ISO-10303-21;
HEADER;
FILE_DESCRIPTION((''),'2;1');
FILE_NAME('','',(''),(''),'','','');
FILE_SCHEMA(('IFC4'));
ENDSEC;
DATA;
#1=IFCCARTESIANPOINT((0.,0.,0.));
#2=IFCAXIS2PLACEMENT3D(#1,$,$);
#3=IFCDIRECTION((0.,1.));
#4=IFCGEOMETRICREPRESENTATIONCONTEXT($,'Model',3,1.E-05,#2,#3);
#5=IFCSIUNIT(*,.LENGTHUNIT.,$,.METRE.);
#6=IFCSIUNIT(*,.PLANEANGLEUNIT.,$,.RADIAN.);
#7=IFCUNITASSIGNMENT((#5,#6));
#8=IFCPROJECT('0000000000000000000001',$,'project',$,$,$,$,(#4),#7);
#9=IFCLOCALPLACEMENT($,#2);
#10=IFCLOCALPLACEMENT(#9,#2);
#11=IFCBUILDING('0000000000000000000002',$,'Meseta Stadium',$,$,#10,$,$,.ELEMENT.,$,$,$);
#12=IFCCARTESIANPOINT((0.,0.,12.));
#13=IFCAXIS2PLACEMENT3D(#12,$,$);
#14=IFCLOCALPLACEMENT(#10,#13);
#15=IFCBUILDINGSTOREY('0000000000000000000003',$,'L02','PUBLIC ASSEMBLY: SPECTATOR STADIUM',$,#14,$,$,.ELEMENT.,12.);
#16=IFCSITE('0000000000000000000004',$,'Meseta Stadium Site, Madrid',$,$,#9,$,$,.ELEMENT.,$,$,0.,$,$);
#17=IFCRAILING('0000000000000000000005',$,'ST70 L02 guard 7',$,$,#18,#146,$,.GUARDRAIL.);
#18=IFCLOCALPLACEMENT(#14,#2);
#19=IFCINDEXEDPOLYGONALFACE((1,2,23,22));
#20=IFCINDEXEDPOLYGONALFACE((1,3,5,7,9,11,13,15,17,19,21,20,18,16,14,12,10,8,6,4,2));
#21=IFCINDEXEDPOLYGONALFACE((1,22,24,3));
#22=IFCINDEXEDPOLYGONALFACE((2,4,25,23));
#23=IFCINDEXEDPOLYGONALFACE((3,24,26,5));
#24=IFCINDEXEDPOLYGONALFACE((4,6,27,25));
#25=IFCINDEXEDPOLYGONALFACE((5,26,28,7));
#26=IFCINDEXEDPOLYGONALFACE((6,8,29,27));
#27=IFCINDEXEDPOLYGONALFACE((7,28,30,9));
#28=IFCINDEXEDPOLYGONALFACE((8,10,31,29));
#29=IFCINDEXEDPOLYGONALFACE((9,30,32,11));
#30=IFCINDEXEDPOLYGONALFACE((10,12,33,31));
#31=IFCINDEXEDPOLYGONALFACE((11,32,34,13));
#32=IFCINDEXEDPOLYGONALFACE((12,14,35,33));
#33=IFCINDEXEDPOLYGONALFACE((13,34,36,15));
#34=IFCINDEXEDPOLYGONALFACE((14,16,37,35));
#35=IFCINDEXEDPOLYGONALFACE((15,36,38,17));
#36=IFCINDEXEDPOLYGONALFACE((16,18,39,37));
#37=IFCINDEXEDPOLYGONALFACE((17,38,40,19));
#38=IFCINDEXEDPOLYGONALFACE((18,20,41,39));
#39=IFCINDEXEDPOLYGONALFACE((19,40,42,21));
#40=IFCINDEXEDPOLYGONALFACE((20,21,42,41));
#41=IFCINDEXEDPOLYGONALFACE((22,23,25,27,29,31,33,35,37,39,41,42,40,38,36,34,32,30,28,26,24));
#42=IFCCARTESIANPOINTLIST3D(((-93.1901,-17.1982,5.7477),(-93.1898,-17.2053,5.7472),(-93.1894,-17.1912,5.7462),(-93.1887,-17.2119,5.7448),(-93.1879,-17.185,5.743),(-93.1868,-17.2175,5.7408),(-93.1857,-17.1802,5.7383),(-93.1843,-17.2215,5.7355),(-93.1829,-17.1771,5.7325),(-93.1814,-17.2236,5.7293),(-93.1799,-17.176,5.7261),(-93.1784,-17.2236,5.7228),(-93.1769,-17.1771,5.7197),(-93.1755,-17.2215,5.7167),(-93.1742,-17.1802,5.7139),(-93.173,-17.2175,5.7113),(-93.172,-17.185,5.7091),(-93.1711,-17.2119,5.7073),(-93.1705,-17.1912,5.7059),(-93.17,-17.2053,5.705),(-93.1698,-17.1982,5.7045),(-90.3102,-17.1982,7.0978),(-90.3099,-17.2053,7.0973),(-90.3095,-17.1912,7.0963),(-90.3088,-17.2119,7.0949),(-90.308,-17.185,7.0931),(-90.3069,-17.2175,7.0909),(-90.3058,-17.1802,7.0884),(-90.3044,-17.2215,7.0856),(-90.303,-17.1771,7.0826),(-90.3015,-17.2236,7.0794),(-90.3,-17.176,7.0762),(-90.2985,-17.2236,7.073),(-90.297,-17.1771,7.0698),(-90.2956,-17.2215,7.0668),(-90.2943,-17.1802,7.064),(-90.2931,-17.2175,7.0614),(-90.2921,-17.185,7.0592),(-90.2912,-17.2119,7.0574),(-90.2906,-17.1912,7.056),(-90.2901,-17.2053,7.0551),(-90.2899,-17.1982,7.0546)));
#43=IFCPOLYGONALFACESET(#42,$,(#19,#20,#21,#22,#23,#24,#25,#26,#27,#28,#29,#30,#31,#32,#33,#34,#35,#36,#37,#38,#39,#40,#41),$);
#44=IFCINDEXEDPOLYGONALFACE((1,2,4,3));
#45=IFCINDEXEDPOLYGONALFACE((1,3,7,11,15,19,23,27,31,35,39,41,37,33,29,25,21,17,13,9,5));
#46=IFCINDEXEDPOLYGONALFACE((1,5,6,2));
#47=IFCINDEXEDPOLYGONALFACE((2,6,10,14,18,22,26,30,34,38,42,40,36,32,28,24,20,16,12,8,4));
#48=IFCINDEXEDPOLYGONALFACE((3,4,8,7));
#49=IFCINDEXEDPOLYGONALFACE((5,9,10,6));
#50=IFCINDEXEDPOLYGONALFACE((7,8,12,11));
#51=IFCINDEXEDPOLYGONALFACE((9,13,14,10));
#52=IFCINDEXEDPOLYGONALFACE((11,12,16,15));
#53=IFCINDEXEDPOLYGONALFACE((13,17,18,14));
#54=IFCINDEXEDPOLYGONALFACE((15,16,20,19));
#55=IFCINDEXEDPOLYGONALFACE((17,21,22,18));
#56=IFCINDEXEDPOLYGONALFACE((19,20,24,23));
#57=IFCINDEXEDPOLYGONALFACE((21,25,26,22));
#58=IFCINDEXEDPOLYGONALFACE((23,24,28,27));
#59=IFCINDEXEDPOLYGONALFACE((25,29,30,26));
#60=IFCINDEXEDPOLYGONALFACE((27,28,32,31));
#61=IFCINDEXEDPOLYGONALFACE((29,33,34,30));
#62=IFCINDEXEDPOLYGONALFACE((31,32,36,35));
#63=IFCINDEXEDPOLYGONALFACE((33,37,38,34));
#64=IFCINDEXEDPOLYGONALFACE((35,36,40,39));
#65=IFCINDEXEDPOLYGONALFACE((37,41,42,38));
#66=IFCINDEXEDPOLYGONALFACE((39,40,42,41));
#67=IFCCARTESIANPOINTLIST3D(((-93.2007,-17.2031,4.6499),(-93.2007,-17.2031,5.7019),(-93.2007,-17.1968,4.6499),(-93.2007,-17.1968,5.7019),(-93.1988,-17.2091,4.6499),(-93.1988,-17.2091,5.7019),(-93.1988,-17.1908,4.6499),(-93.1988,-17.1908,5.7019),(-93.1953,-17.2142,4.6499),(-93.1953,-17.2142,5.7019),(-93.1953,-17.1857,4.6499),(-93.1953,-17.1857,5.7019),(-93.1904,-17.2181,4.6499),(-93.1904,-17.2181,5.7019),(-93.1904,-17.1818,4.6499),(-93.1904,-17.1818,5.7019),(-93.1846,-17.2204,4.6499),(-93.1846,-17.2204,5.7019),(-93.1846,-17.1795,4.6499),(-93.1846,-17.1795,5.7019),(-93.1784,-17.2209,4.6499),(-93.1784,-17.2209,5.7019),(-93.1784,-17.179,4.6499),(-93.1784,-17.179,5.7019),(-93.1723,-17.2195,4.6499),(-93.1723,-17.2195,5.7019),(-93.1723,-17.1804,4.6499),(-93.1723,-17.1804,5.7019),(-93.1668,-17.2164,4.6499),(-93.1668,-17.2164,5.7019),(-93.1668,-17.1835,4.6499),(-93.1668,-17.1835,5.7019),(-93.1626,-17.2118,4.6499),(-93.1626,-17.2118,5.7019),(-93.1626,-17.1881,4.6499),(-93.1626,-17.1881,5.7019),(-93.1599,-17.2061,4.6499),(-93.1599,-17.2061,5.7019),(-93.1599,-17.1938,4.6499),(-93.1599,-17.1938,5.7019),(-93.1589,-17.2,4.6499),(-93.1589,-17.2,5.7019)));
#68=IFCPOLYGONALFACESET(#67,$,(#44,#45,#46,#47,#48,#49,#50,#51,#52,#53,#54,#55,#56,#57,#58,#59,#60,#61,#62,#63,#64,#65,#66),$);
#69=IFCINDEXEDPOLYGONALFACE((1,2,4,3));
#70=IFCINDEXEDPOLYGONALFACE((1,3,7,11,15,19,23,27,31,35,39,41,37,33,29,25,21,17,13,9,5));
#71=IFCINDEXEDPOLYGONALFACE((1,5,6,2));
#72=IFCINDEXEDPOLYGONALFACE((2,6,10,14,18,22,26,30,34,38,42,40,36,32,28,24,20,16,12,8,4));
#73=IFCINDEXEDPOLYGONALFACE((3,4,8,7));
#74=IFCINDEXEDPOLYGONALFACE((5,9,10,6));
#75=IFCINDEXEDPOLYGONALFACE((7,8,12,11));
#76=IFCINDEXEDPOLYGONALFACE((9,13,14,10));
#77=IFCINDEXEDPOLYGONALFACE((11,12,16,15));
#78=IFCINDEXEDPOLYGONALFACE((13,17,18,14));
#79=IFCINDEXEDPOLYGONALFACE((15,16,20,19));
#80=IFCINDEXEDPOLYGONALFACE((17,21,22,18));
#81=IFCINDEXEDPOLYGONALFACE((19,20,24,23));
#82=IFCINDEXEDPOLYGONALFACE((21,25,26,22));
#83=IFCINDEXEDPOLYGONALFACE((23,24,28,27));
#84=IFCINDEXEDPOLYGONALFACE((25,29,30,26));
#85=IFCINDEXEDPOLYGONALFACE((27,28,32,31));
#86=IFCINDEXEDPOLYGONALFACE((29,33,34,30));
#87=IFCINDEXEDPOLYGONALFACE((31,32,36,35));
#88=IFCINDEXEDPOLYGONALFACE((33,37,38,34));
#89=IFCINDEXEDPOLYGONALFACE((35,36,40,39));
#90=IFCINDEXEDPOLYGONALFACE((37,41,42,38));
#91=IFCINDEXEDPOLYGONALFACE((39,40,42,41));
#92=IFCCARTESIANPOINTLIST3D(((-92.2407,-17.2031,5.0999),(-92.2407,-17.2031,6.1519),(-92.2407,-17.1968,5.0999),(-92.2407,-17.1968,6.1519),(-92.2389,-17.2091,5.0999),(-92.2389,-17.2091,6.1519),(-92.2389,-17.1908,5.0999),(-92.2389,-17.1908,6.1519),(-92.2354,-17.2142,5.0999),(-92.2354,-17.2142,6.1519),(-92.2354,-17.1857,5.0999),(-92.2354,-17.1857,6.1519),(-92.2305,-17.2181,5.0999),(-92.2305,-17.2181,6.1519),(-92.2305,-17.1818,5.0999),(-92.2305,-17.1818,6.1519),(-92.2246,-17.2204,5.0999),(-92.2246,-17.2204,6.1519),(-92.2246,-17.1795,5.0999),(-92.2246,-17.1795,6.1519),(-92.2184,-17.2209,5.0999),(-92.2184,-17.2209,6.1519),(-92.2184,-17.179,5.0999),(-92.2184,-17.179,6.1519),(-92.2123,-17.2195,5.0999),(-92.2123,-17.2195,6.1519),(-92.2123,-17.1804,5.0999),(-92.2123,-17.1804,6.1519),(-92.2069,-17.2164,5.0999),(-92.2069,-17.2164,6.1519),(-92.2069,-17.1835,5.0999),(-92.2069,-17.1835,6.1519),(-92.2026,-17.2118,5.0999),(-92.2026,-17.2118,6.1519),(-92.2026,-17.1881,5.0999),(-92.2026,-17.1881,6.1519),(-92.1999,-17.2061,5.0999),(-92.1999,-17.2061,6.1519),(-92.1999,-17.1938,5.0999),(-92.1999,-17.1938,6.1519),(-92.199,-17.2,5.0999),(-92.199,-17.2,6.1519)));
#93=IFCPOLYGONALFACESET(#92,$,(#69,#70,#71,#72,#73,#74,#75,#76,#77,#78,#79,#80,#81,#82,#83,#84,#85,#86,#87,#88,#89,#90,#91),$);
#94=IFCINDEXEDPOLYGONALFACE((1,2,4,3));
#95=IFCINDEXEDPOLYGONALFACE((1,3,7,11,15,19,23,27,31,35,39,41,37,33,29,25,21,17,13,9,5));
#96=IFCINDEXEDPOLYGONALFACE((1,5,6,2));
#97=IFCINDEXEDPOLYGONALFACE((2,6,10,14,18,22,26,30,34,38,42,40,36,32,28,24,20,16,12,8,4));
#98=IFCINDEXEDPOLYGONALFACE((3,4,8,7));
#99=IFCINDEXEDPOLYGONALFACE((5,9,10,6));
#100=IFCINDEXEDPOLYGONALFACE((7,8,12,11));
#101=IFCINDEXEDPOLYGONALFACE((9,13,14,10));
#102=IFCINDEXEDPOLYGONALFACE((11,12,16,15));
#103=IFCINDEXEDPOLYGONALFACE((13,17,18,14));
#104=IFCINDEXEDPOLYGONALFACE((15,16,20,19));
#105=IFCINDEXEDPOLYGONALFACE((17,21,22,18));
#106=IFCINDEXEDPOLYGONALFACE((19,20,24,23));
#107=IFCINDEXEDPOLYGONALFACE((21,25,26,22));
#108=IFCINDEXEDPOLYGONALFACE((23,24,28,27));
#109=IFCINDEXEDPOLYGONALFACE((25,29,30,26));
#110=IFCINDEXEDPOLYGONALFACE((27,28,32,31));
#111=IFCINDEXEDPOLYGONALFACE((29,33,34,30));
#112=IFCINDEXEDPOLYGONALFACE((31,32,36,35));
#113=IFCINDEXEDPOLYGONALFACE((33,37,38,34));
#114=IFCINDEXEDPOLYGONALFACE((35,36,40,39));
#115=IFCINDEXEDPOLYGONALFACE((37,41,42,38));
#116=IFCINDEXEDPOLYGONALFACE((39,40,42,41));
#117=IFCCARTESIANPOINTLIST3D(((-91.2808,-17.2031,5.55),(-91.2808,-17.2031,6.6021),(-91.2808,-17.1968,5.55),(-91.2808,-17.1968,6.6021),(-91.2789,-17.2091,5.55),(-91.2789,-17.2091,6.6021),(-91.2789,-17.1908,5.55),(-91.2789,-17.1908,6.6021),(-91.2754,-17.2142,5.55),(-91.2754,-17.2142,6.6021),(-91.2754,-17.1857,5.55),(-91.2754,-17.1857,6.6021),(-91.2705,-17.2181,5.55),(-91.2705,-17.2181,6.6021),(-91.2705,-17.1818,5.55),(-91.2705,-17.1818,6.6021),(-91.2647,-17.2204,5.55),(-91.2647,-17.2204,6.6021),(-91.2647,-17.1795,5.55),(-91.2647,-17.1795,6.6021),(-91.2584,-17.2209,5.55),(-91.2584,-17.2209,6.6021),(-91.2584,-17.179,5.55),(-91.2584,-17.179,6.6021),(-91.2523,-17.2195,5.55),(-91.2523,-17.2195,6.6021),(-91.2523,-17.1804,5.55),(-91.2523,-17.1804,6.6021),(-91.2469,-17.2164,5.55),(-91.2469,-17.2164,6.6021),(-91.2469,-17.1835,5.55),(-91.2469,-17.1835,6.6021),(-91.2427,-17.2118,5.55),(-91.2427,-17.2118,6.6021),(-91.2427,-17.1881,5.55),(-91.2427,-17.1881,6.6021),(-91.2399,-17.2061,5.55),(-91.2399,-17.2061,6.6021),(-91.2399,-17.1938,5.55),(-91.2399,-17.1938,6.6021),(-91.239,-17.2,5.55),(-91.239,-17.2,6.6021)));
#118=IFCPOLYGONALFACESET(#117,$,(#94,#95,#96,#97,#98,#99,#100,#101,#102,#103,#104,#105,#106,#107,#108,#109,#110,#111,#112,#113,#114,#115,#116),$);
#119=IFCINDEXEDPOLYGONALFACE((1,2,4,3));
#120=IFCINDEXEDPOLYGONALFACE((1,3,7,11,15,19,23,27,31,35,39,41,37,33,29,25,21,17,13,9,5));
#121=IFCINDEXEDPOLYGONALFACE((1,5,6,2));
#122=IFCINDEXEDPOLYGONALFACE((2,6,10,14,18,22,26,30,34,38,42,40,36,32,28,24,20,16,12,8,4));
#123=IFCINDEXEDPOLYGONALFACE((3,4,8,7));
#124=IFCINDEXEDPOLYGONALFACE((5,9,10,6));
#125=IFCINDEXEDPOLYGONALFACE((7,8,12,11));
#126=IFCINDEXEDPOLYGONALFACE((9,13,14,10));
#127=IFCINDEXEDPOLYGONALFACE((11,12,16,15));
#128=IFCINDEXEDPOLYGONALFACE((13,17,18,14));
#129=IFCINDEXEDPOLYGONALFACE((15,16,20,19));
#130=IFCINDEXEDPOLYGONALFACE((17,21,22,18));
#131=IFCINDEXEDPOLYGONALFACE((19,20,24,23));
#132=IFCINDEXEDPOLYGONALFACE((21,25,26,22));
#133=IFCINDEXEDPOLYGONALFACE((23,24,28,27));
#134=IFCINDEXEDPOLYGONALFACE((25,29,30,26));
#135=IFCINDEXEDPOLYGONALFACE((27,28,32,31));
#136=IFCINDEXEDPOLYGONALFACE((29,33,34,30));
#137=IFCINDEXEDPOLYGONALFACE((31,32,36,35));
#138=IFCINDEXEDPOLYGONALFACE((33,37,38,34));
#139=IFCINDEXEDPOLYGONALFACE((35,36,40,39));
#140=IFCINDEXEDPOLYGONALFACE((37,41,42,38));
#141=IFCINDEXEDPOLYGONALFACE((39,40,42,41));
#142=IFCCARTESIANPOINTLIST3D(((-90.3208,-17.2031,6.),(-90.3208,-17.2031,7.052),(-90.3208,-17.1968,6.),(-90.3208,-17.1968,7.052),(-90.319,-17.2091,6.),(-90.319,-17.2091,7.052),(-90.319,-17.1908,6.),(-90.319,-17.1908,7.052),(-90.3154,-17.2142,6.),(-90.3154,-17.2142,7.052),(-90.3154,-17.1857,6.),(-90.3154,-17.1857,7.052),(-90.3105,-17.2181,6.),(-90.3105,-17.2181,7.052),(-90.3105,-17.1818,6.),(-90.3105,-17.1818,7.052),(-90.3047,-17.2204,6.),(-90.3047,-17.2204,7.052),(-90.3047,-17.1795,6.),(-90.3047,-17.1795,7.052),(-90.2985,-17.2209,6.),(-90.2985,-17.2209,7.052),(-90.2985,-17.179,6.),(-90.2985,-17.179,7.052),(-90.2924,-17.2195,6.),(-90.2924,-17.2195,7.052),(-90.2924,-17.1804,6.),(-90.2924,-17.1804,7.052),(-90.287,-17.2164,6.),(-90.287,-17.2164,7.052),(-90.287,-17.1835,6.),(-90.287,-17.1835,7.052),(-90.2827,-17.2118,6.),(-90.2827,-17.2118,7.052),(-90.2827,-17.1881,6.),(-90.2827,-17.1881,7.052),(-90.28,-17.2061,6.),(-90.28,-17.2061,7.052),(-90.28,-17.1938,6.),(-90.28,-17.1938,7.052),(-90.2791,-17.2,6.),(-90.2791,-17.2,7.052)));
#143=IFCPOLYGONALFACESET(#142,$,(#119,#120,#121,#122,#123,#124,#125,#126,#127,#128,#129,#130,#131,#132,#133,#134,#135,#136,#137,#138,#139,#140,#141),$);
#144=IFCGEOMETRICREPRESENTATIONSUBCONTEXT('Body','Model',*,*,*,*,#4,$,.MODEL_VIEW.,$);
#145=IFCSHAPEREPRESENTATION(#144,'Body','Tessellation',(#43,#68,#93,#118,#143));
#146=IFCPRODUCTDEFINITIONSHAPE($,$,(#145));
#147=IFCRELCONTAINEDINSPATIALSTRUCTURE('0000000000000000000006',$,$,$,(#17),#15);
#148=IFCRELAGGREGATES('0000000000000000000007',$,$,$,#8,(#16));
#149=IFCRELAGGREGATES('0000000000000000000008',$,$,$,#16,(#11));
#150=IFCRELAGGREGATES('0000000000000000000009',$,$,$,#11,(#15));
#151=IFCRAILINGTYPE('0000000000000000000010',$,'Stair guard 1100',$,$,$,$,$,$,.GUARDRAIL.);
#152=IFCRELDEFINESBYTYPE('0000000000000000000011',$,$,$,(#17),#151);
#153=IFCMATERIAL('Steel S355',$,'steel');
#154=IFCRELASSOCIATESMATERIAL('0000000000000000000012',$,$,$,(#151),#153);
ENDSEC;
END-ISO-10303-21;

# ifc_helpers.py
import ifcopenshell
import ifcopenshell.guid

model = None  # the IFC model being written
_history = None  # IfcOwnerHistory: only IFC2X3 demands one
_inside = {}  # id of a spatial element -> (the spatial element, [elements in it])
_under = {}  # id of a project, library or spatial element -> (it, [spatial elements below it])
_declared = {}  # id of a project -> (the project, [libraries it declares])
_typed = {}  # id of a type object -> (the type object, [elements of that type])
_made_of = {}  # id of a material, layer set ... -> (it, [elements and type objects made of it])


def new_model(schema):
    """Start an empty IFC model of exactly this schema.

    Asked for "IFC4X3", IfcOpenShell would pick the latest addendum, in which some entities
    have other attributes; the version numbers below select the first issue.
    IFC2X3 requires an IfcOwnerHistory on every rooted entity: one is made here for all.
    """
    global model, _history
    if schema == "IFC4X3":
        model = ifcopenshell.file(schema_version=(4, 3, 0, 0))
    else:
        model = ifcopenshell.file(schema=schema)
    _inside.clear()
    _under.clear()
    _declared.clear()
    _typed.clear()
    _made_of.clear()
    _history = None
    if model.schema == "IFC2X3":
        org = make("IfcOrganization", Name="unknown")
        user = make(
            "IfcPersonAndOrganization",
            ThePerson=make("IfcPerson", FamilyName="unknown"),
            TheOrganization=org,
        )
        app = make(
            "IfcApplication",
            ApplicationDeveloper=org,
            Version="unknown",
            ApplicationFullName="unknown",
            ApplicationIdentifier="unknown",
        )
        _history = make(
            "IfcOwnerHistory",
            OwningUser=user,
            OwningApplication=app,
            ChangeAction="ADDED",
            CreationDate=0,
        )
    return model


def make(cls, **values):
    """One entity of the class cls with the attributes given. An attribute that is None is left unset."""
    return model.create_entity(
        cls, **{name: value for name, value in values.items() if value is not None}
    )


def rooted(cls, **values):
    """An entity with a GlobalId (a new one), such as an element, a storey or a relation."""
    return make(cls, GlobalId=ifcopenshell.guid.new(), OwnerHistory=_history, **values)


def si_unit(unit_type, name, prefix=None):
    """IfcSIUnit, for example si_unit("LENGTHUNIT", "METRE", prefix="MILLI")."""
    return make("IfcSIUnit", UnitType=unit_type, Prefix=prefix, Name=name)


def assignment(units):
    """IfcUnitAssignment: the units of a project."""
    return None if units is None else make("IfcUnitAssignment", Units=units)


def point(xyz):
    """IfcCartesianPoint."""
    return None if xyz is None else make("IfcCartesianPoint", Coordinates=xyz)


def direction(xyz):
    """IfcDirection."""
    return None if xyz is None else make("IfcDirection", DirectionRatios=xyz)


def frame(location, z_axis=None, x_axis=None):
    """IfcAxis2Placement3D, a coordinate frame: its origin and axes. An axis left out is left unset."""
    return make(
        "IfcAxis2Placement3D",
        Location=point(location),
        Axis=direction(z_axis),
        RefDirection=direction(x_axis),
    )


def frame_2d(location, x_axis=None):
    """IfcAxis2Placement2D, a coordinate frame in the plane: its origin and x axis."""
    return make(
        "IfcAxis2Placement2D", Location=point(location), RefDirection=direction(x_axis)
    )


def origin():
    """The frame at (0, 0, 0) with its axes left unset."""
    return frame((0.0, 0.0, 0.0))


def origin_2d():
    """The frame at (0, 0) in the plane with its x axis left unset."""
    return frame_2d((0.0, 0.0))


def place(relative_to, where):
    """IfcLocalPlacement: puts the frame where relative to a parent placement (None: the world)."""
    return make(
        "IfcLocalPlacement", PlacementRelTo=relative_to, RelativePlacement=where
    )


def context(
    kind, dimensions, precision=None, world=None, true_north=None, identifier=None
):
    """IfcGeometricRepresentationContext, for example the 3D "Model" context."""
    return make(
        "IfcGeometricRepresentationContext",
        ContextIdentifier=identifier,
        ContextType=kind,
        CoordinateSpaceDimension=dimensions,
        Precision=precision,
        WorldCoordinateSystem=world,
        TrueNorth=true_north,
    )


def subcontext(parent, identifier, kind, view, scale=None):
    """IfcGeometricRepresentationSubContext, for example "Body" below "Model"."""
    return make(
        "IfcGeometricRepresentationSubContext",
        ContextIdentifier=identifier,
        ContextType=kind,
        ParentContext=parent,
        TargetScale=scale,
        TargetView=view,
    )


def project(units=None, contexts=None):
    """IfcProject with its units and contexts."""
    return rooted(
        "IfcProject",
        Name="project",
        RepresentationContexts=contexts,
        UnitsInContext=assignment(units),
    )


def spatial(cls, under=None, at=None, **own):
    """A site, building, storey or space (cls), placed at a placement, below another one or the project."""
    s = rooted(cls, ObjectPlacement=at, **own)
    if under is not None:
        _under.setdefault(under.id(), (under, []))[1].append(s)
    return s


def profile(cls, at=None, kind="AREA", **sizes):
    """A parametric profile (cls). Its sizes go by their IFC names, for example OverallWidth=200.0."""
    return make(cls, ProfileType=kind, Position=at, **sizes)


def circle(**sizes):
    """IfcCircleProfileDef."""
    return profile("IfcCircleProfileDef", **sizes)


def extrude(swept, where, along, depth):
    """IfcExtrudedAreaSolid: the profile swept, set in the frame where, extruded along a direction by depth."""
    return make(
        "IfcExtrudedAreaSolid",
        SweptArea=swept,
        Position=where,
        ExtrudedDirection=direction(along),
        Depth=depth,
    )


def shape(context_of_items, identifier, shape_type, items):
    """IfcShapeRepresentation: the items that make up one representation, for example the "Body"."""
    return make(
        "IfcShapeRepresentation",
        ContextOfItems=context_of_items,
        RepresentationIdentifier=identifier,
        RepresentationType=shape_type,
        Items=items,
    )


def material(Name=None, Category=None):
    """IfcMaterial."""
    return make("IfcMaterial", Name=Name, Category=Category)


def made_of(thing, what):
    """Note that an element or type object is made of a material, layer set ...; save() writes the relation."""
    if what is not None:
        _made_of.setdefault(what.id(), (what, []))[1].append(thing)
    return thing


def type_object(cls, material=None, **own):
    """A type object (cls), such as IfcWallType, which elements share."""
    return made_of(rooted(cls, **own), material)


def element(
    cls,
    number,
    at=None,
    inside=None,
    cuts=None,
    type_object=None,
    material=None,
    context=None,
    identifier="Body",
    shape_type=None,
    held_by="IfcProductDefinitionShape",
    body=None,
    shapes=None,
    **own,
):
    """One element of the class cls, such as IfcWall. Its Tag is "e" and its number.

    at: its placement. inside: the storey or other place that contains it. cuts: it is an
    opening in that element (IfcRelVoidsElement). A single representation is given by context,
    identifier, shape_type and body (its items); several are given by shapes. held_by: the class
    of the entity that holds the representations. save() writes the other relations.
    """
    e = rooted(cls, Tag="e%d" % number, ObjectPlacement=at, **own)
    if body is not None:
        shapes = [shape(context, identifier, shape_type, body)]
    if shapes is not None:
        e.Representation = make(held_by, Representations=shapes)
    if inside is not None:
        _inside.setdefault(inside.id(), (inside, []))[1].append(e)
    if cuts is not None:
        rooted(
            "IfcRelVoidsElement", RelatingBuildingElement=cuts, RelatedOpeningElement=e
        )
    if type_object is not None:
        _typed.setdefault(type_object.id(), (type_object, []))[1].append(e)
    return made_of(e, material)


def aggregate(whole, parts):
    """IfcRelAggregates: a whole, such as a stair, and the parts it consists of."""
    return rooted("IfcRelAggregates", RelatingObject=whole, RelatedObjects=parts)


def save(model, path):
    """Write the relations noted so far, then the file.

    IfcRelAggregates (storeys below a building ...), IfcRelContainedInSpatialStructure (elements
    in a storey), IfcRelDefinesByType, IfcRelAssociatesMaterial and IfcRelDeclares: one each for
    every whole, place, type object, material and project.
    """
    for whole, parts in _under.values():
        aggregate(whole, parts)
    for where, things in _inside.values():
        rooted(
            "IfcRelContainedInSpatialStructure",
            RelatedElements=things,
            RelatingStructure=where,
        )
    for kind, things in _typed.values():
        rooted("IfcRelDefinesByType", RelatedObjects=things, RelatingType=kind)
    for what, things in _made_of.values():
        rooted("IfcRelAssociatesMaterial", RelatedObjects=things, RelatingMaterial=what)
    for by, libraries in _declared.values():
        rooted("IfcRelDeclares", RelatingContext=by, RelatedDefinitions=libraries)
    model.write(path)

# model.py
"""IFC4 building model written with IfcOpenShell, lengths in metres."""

from ifc_helpers import new_model, si_unit, direction, frame, origin, origin_2d, place, context, subcontext, project, spatial, circle, extrude, material, type_object, element, save


model = new_model("IFC4")

# Units and contexts
model_context = context("Model", 3, precision=1e-05, world=origin(), true_north=direction((0.0, 1.0)))
body_context = subcontext(model_context, "Body", "Model", "MODEL_VIEW")
ifc_project = project(units=[si_unit("LENGTHUNIT", "METRE"), si_unit("PLANEANGLEUNIT", "RADIAN")], contexts=[model_context])

# Site, building, storey
site_placement = place(None, origin())
site = spatial("IfcSite", under=ifc_project, at=site_placement, Name="Meseta Stadium Site, Madrid", CompositionType="ELEMENT", RefElevation=0.0)
building_placement = place(site_placement, origin())
building = spatial("IfcBuilding", under=site, at=building_placement, Name="Meseta Stadium", CompositionType="ELEMENT")
storey_placement = place(building_placement, frame((0.0, 0.0, 12.0)))
storey = spatial("IfcBuildingStorey", under=building, at=storey_placement, Name="L02", Description="PUBLIC ASSEMBLY: SPECTATOR STADIUM", CompositionType="ELEMENT", Elevation=12.0)

# Railing
ifc_material_1 = material(Name="Steel S355", Category="steel")
railing_type = type_object("IfcRailingType", Name="Stair guard 1100", PredefinedType="GUARDRAIL", material=ifc_material_1)
railing_placement = place(storey_placement, frame((-93.1799, -17.2, 4.6499)))
element("IfcRailing", 1, at=railing_placement, inside=storey, type_object=railing_type, Name="ST70 L02 guard 7", PredefinedType="GUARDRAIL", context=body_context, shape_type="SweptSolid", body=[
    extrude(circle(Radius=0.0239, at=origin_2d()), frame((0.0, 0.0, 1.0762), z_axis=(0.90544, 0.0, 0.424473), x_axis=(0.0, 1.0, 0.0)), (0.0, 0.0, 1.0), 3.1807),
    extrude(circle(Radius=0.021, at=origin_2d()), origin(), (0.0, 0.0, 1.0), 1.052),
    extrude(circle(Radius=0.021, at=origin_2d()), frame((0.96, 0.0, 0.45)), (0.0, 0.0, 1.0), 1.052),
    extrude(circle(Radius=0.021, at=origin_2d()), frame((1.9199, 0.0, 0.9001)), (0.0, 0.0, 1.0), 1.052),
    extrude(circle(Radius=0.021, at=origin_2d()), frame((2.8799, 0.0, 1.3501)), (0.0, 0.0, 1.0), 1.052),
])

save(model, "model.ifc")
